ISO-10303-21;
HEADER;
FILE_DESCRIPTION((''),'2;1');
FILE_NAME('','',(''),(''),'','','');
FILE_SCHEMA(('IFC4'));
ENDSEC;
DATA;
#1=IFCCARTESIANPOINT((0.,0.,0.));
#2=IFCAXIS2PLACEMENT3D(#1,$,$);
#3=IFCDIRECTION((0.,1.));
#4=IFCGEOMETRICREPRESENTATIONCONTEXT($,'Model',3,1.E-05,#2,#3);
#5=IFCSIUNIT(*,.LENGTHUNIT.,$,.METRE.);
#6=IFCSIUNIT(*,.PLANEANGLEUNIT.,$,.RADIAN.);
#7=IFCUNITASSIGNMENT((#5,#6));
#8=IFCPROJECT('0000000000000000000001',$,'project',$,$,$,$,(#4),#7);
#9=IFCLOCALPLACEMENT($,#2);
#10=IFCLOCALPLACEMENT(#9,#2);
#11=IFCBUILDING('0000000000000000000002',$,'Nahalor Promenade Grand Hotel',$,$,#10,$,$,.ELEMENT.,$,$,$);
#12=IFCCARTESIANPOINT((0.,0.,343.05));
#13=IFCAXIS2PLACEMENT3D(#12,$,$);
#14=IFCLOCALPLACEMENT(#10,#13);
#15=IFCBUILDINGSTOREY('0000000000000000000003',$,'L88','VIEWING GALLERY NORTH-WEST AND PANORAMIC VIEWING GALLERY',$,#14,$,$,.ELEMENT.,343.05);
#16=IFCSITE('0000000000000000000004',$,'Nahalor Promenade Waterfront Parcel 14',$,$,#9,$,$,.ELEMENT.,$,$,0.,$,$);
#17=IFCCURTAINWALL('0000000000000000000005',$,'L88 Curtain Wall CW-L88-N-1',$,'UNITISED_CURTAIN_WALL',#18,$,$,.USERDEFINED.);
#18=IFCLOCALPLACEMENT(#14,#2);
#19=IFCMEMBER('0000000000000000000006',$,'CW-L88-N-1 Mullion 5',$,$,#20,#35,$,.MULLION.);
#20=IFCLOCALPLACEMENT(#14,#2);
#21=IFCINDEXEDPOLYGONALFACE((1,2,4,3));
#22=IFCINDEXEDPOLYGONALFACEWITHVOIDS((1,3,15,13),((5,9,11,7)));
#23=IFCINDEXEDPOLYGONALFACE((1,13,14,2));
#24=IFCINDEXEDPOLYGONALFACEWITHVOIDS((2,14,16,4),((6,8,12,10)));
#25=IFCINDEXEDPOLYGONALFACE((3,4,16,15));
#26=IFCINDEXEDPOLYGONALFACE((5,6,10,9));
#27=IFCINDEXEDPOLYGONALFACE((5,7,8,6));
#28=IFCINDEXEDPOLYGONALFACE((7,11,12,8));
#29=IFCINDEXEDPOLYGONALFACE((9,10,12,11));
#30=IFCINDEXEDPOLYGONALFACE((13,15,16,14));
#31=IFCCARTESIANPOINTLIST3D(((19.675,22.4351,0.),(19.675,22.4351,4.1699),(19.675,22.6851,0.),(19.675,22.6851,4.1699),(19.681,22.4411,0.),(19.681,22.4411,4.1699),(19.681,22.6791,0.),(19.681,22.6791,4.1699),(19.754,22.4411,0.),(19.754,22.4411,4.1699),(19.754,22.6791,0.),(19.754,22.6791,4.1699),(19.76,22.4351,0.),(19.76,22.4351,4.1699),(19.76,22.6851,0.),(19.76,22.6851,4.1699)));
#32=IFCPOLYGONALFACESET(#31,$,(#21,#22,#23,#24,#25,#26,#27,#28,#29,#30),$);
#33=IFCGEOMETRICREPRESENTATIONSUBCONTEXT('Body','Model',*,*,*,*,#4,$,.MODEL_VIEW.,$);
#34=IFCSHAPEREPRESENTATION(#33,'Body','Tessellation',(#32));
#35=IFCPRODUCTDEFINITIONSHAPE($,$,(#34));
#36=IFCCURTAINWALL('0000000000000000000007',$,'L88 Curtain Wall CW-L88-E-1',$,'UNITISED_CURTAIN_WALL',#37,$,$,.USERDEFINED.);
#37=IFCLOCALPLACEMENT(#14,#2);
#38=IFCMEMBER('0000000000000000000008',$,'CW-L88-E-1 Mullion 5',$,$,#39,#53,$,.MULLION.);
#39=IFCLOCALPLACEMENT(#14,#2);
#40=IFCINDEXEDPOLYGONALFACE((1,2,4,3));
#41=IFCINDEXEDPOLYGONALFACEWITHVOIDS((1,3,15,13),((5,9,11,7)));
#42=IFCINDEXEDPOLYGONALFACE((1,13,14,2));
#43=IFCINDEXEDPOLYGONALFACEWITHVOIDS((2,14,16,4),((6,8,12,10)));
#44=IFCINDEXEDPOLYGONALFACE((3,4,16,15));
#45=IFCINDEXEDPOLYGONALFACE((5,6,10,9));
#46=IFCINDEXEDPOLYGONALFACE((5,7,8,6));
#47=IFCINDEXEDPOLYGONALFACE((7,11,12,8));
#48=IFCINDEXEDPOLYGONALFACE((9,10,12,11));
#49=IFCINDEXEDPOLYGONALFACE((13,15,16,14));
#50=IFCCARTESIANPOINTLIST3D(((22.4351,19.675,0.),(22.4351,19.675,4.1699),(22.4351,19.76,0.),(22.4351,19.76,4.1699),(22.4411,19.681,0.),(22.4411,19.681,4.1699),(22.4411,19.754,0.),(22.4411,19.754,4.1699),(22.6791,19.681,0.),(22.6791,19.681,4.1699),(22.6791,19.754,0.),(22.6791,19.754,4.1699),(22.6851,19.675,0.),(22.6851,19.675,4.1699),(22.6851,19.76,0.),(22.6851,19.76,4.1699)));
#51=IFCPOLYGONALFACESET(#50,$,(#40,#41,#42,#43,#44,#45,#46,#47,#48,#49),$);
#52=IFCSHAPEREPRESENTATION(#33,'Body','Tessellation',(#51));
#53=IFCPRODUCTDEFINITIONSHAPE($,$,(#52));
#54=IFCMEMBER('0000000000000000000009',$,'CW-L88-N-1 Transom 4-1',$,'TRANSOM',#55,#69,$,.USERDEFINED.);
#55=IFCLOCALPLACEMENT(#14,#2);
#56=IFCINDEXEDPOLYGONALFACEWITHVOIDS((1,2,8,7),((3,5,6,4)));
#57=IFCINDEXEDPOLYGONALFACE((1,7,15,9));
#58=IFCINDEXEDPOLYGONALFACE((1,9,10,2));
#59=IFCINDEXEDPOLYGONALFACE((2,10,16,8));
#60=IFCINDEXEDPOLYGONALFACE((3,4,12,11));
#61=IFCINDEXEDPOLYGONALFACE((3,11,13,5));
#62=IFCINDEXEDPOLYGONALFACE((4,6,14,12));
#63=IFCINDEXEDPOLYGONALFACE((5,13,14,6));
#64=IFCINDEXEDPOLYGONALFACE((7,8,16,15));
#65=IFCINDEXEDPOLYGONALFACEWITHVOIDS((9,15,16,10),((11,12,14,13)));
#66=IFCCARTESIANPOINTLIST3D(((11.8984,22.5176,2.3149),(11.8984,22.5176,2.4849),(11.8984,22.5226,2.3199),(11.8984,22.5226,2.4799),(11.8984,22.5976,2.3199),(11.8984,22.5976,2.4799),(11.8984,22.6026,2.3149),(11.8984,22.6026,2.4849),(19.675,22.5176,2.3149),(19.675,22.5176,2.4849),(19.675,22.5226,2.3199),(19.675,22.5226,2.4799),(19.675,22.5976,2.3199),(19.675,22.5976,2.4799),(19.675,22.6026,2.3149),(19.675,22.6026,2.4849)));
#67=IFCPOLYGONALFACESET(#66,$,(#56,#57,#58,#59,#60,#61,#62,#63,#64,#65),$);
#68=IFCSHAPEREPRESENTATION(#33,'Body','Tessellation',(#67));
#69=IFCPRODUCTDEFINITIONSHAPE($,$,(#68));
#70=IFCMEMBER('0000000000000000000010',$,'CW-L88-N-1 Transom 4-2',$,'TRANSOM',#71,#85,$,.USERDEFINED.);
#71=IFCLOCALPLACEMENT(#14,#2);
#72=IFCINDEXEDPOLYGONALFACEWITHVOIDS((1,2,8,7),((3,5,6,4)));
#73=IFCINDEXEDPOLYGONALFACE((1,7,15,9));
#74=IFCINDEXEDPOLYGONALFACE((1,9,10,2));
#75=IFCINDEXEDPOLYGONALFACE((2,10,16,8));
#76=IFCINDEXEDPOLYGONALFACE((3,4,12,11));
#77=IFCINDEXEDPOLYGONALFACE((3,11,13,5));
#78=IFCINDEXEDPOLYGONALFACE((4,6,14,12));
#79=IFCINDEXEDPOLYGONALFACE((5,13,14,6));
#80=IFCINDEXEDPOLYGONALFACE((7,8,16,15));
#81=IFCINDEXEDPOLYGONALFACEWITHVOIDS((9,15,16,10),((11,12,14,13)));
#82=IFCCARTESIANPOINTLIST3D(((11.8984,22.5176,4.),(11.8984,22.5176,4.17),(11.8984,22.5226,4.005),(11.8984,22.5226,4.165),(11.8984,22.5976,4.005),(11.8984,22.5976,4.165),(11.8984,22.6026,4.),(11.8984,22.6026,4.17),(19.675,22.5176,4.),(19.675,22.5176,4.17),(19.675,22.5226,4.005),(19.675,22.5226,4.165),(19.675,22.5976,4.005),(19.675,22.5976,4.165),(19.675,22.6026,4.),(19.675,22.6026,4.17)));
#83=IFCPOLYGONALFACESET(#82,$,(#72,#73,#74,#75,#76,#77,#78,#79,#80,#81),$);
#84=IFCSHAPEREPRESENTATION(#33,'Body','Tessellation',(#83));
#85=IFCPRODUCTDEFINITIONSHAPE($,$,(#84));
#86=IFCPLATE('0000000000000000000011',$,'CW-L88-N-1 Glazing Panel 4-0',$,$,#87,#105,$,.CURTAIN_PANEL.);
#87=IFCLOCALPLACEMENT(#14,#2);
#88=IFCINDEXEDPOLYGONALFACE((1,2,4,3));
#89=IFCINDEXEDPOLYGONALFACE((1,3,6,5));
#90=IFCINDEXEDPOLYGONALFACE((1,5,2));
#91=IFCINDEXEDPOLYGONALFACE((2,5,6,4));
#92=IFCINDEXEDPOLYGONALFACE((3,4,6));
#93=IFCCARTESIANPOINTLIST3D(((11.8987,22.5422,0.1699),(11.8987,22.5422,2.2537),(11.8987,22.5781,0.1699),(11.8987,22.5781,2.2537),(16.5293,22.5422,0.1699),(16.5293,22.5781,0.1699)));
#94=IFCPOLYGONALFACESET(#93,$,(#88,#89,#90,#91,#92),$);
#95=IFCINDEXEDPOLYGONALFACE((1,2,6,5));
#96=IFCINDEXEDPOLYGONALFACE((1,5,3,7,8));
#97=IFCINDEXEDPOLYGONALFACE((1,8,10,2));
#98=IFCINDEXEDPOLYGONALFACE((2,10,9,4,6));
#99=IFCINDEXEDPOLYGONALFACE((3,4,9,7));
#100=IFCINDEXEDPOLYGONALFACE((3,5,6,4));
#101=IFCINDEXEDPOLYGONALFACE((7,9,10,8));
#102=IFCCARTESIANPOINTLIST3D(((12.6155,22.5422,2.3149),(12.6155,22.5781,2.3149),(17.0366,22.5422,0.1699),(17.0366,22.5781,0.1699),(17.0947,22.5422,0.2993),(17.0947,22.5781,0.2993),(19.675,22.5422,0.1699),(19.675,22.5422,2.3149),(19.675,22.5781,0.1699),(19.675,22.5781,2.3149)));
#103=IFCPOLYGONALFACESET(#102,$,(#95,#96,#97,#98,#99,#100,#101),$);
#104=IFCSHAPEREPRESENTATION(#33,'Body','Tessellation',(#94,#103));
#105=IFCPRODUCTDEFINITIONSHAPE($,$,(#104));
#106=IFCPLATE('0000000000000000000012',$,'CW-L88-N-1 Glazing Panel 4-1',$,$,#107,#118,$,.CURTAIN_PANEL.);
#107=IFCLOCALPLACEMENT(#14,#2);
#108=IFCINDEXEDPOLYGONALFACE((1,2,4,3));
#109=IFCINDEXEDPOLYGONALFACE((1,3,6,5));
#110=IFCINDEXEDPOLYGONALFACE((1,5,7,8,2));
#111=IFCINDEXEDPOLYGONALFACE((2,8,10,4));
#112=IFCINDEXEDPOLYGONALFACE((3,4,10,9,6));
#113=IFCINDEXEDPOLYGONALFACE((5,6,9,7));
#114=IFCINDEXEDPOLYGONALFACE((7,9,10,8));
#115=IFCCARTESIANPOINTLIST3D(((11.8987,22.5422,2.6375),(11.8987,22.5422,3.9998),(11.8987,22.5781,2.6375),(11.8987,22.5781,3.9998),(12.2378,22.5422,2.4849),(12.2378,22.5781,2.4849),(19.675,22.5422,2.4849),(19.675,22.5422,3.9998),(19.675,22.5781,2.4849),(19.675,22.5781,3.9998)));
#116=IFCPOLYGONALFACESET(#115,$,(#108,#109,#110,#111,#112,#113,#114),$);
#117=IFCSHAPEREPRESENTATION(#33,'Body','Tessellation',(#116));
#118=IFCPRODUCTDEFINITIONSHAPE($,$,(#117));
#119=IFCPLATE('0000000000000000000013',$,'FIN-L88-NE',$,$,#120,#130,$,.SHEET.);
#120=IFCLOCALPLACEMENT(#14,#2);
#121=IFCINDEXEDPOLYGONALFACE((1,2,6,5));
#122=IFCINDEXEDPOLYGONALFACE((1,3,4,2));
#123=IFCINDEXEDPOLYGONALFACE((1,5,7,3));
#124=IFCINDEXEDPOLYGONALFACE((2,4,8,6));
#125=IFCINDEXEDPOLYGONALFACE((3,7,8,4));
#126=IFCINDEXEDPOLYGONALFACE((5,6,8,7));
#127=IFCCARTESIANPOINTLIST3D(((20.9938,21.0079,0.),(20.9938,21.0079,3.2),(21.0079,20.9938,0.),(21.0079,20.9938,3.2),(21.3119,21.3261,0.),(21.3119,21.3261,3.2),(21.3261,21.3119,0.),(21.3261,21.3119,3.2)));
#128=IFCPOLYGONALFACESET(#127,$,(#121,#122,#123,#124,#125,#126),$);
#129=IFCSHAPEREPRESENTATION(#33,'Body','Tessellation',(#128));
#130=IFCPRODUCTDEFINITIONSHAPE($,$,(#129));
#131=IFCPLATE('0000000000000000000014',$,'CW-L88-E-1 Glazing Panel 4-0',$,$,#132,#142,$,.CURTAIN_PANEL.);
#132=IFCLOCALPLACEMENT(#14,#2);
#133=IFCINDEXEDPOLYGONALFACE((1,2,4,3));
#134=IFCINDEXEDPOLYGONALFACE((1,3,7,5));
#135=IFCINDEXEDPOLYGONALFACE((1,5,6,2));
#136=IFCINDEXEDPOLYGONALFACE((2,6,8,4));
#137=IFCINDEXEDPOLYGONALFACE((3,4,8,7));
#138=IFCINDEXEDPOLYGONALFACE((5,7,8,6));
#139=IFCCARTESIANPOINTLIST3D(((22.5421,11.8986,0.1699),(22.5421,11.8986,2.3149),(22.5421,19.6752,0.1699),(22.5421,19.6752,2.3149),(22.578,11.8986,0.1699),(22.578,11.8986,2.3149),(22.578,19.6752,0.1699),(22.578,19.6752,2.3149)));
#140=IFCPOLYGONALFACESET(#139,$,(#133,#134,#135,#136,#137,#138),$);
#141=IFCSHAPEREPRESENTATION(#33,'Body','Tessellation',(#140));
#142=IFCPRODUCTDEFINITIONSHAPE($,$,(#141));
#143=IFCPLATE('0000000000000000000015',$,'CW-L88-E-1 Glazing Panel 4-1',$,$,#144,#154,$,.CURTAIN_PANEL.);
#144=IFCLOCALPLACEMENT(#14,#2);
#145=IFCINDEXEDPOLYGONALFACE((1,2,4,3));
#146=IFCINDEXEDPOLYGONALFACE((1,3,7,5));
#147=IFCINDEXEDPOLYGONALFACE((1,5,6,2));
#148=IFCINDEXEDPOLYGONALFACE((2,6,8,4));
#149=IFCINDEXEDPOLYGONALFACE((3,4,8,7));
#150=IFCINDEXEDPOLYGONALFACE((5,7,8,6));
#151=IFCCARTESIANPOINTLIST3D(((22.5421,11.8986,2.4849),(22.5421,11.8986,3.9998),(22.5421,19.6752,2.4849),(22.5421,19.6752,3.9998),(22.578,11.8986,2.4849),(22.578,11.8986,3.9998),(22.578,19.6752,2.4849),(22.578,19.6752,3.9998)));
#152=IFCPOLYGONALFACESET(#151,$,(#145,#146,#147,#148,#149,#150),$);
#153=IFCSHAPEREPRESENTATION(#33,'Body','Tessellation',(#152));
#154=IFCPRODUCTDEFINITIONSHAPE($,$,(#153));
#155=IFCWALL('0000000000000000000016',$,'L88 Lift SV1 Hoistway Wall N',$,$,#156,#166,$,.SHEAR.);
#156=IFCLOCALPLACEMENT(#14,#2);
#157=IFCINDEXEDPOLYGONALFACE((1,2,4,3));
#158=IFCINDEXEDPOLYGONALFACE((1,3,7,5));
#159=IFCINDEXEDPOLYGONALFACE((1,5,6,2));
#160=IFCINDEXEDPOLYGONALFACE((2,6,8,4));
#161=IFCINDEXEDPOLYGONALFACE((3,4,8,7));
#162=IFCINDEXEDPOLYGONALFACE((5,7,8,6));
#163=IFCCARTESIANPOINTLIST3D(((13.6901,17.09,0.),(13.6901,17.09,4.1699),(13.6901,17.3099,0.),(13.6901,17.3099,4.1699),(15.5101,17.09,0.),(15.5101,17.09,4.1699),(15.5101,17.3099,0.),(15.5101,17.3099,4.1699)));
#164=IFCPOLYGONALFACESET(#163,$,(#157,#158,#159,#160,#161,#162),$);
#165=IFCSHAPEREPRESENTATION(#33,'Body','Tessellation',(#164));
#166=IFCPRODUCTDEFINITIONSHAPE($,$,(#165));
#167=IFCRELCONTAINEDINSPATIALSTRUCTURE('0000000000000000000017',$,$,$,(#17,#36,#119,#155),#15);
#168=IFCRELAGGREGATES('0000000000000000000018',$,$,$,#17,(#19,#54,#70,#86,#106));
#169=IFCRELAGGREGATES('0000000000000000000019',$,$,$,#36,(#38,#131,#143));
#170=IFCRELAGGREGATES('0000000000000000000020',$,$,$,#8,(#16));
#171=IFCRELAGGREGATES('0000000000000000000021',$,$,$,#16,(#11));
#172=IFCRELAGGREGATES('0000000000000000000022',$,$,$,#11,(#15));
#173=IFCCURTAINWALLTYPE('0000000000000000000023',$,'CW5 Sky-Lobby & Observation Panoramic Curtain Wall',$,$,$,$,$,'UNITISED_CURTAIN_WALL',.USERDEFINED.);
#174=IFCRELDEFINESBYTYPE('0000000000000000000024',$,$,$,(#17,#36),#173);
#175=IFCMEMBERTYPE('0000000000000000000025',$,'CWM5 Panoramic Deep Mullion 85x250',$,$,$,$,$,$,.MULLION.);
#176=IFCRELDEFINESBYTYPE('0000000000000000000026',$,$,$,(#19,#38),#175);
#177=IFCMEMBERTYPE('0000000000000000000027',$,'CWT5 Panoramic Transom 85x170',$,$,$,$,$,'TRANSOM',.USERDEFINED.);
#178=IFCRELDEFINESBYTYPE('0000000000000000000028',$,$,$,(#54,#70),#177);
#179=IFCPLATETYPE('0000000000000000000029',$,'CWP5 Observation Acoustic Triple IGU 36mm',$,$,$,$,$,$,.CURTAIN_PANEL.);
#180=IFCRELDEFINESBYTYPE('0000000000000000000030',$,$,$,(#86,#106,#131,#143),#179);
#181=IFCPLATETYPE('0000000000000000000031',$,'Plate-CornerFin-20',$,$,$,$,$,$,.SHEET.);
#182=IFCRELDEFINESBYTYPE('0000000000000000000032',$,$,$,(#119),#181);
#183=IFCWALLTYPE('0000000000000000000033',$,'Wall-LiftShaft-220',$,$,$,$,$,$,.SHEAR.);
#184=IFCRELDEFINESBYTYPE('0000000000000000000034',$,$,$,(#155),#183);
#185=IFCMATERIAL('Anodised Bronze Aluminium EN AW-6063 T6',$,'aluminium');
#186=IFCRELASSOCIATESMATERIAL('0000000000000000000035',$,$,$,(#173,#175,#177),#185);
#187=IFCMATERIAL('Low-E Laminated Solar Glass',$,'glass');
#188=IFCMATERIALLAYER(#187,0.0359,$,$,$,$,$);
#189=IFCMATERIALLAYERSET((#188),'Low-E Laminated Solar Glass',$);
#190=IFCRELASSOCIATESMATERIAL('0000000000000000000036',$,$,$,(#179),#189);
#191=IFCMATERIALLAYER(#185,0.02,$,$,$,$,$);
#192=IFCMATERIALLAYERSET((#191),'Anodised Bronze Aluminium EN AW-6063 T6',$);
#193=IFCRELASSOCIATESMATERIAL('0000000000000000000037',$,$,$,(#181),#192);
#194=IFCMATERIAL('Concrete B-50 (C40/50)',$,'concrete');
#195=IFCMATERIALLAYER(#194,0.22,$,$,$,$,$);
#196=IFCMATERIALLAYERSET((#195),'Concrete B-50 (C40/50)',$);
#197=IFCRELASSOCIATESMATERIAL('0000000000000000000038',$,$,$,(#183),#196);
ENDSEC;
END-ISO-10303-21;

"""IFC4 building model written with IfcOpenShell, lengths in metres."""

from ifc_helpers import new_model, si_unit, direction, frame, frame_2d, origin, origin_2d, place, context, subcontext, project, spatial, polyline, rectangle, hollow_rectangle, outline, extrude, source, transform, mapped, material, layer, layer_set, material_profile, profile_set, type_object, element, aggregate, save


model = new_model("IFC4")

# Units and contexts
model_context = context("Model", 3, precision=1e-05, world=origin(), true_north=direction((0.0, 1.0)))
body_context = subcontext(model_context, "Body", "Model", "MODEL_VIEW")
ifc_project = project(units=[si_unit("LENGTHUNIT", "METRE"), si_unit("PLANEANGLEUNIT", "RADIAN")], contexts=[model_context])

# Site, building, storey
site_placement = place(None, origin())
site = spatial("IfcSite", under=ifc_project, at=site_placement, Name="Nahalor Promenade Waterfront Parcel 14", CompositionType="ELEMENT", RefElevation=0.0)
building_placement = place(site_placement, origin())
building = spatial("IfcBuilding", under=site, at=building_placement, Name="Nahalor Promenade Grand Hotel", CompositionType="ELEMENT")
storey_placement = place(building_placement, frame((0.0, 0.0, 343.05)))
storey = spatial("IfcBuildingStorey", under=building, at=storey_placement, Name="L88", Description="VIEWING GALLERY NORTH-WEST AND PANORAMIC VIEWING GALLERY", CompositionType="ELEMENT", Elevation=343.05)

# Shared definitions
ifc_material_1 = material(Name="Concrete B-50 (C40/50)", Category="concrete")

# Curtain walls, members
ifc_material_2 = material(Name="Anodised Bronze Aluminium EN AW-6063 T6", Category="aluminium")
curtain_wall_type = type_object("IfcCurtainWallType", Name="CW5 Sky-Lobby & Observation Panoramic Curtain Wall", ElementType="UNITISED_CURTAIN_WALL", PredefinedType="USERDEFINED", material=ifc_material_2)
curtain_wall_1_placement = place(storey_placement, origin())
curtain_wall_1 = element("IfcCurtainWall", 1, at=curtain_wall_1_placement, inside=storey, type_object=curtain_wall_type, Name="L88 Curtain Wall CW-L88-N-1", ObjectType="UNITISED_CURTAIN_WALL", PredefinedType="USERDEFINED")
ifc_material_profile_1 = material_profile(ifc_material_2, hollow_rectangle(XDim=0.085, YDim=0.25, WallThickness=0.006, at=origin_2d()), Name="CWM 85x250x6")
ifc_profile_set_1 = profile_set([ifc_material_profile_1], Name="Anodised Bronze Aluminium EN AW-6063 T6")
member_type_1 = type_object("IfcMemberType", Name="CWM5 Panoramic Deep Mullion 85x250", PredefinedType="MULLION", material=ifc_profile_set_1)
shared_shape_1 = source(origin(), body_context, "Body", "SweptSolid", [
    extrude(hollow_rectangle(XDim=0.085, YDim=0.25, WallThickness=0.006, at=origin_2d()), origin(), (0.0, 0.0, 1.0), 4.1699),
])
member_1_placement = place(storey_placement, frame((19.7175, 22.5601, 0.0), z_axis=(0.0, 0.0, 1.0), x_axis=(1.0, 0.0, 0.0)))
member_1 = element("IfcMember", 2, at=member_1_placement, type_object=member_type_1, Name="CW-L88-N-1 Mullion 5", PredefinedType="MULLION", context=body_context, shape_type="MappedRepresentation", body=[
    mapped(shared_shape_1, transform((0.0, 0.0, 0.0), scale=1.0)),
])
curtain_wall_2_placement = place(storey_placement, origin())
curtain_wall_2 = element("IfcCurtainWall", 3, at=curtain_wall_2_placement, inside=storey, type_object=curtain_wall_type, Name="L88 Curtain Wall CW-L88-E-1", ObjectType="UNITISED_CURTAIN_WALL", PredefinedType="USERDEFINED")
member_2_placement = place(storey_placement, frame((22.5601, 19.7175, 0.0), z_axis=(0.0, 0.0, 1.0), x_axis=(0.0, 1.0, 0.0)))
member_2 = element("IfcMember", 4, at=member_2_placement, type_object=member_type_1, Name="CW-L88-E-1 Mullion 5", PredefinedType="MULLION", context=body_context, shape_type="MappedRepresentation", body=[
    mapped(shared_shape_1, transform((0.0, 0.0, 0.0), scale=1.0)),
])

# Members
ifc_material_profile_2 = material_profile(ifc_material_2, hollow_rectangle(XDim=0.085, YDim=0.17, WallThickness=0.005, at=origin_2d()), Name="CWT 85x170x5")
ifc_profile_set_2 = profile_set([ifc_material_profile_2], Name="Anodised Bronze Aluminium EN AW-6063 T6")
member_type_2 = type_object("IfcMemberType", Name="CWT5 Panoramic Transom 85x170", ElementType="TRANSOM", PredefinedType="USERDEFINED", material=ifc_profile_set_2)
shared_shape_2 = source(origin(), body_context, "Body", "SweptSolid", [
    extrude(hollow_rectangle(XDim=0.085, YDim=0.17, WallThickness=0.005, at=origin_2d()), origin(), (0.0, 0.0, 1.0), 7.7766),
])
member_3_placement = place(storey_placement, frame((11.8984, 22.5601, 2.3999), z_axis=(1.0, 0.0, 0.0), x_axis=(0.0, 1.0, 0.0)))
member_3 = element("IfcMember", 5, at=member_3_placement, type_object=member_type_2, Name="CW-L88-N-1 Transom 4-1", ObjectType="TRANSOM", PredefinedType="USERDEFINED", context=body_context, shape_type="MappedRepresentation", body=[
    mapped(shared_shape_2, transform((0.0, 0.0, 0.0), scale=1.0)),
])
member_4_placement = place(storey_placement, frame((11.8984, 22.5601, 4.085), z_axis=(1.0, 0.0, 0.0), x_axis=(0.0, 1.0, 0.0)))
member_4 = element("IfcMember", 6, at=member_4_placement, type_object=member_type_2, Name="CW-L88-N-1 Transom 4-2", ObjectType="TRANSOM", PredefinedType="USERDEFINED", context=body_context, shape_type="MappedRepresentation", body=[
    mapped(shared_shape_2, transform((0.0, 0.0, 0.0), scale=1.0)),
])

# Plates
ifc_material_3 = material(Name="Low-E Laminated Solar Glass", Category="glass")
ifc_layer_1 = layer(ifc_material_3, 0.0359)
ifc_layer_set_1 = layer_set([ifc_layer_1], Name="Low-E Laminated Solar Glass")
plate_type_1 = type_object("IfcPlateType", Name="CWP5 Observation Acoustic Triple IGU 36mm", PredefinedType="CURTAIN_PANEL", material=ifc_layer_set_1)
plate_1_placement = place(storey_placement, frame((15.7869, 22.5601, 0.1699), z_axis=(0.0, 0.0, 1.0), x_axis=(1.0, 0.0, 0.0)))
plate_1 = element("IfcPlate", 7, at=plate_1_placement, type_object=plate_type_1, Name="CW-L88-N-1 Glazing Panel 4-0", PredefinedType="CURTAIN_PANEL", context=body_context, shape_type="SweptSolid", body=[
    extrude(outline(polyline([(-3.8882, 2.0837), (-3.8882, 0.0), (0.7424, 0.0), (-3.8882, 2.0837)])), frame((0.0, 0.0181, 0.0), z_axis=(0.0, -1.0, 0.0), x_axis=(1.0, 0.0, 0.0)), (0.0, 0.0, 1.0), 0.0359),
    extrude(outline(polyline([(3.8882, 0.0), (3.8882, 2.145), (-3.1714, 2.145), (1.3079, 0.1294), (1.2498, 0.0), (3.8882, 0.0)])), frame((0.0, 0.0181, 0.0), z_axis=(0.0, -1.0, 0.0), x_axis=(1.0, 0.0, 0.0)), (0.0, 0.0, 1.0), 0.0359),
])
plate_2_placement = place(storey_placement, frame((15.7869, 22.5601, 2.4849), z_axis=(0.0, 0.0, 1.0), x_axis=(1.0, 0.0, 0.0)))
plate_2 = element("IfcPlate", 8, at=plate_2_placement, type_object=plate_type_1, Name="CW-L88-N-1 Glazing Panel 4-1", PredefinedType="CURTAIN_PANEL", context=body_context, shape_type="SweptSolid", body=[
    extrude(outline(polyline([(3.8882, 1.5149), (-3.8882, 1.5149), (-3.8882, 0.1526), (-3.5491, 0.0), (3.8882, 0.0), (3.8882, 1.5149)])), frame((0.0, 0.0181, 0.0), z_axis=(0.0, -1.0, 0.0), x_axis=(1.0, 0.0, 0.0)), (0.0, 0.0, 1.0), 0.0359),
])
aggregate(curtain_wall_1, [member_1, member_3, member_4, plate_1, plate_2])
ifc_layer_2 = layer(ifc_material_2, 0.02)
ifc_layer_set_2 = layer_set([ifc_layer_2], Name="Anodised Bronze Aluminium EN AW-6063 T6")
plate_type_2 = type_object("IfcPlateType", Name="Plate-CornerFin-20", PredefinedType="SHEET", material=ifc_layer_set_2)
shared_shape_3 = source(origin(), body_context, "Body", "SweptSolid", [
    extrude(rectangle(XDim=0.45, YDim=0.02, at=origin_2d()), origin(), (0.0, 0.0, 1.0), 3.2),
])
plate_3_placement = place(storey_placement, frame((21.1599, 21.1599, 0.0), z_axis=(0.0, 0.0, 1.0), x_axis=(0.707107, 0.707107, 0.0)))
element("IfcPlate", 9, at=plate_3_placement, inside=storey, type_object=plate_type_2, Name="FIN-L88-NE", PredefinedType="SHEET", context=body_context, shape_type="MappedRepresentation", body=[
    mapped(shared_shape_3, transform((0.0, 0.0, 0.0), scale=1.0)),
])
shared_shape_4 = source(origin(), body_context, "Body", "SweptSolid", [
    extrude(rectangle(XDim=7.7766, YDim=0.0359, at=origin_2d()), origin(), (0.0, 0.0, 1.0), 2.145),
])
plate_4_placement = place(storey_placement, frame((22.5601, 15.7869, 0.1699), z_axis=(0.0, 0.0, 1.0), x_axis=(0.0, 1.0, 0.0)))
plate_4 = element("IfcPlate", 10, at=plate_4_placement, type_object=plate_type_1, Name="CW-L88-E-1 Glazing Panel 4-0", PredefinedType="CURTAIN_PANEL", context=body_context, shape_type="MappedRepresentation", body=[
    mapped(shared_shape_4, transform((0.0, 0.0, 0.0), scale=1.0)),
])
shared_shape_5 = source(origin(), body_context, "Body", "SweptSolid", [
    extrude(rectangle(XDim=7.7766, YDim=0.0359, at=origin_2d()), origin(), (0.0, 0.0, 1.0), 1.5149),
])
plate_5_placement = place(storey_placement, frame((22.5601, 15.7869, 2.4849), z_axis=(0.0, 0.0, 1.0), x_axis=(0.0, 1.0, 0.0)))
plate_5 = element("IfcPlate", 11, at=plate_5_placement, type_object=plate_type_1, Name="CW-L88-E-1 Glazing Panel 4-1", PredefinedType="CURTAIN_PANEL", context=body_context, shape_type="MappedRepresentation", body=[
    mapped(shared_shape_5, transform((0.0, 0.0, 0.0), scale=1.0)),
])
aggregate(curtain_wall_2, [member_2, plate_4, plate_5])

# Wall
ifc_layer_3 = layer(ifc_material_1, 0.22)
ifc_layer_set_3 = layer_set([ifc_layer_3], Name="Concrete B-50 (C40/50)")
wall_type_1 = type_object("IfcWallType", Name="Wall-LiftShaft-220", PredefinedType="SHEAR", material=ifc_layer_set_3)
shared_shape_6 = source(origin(), body_context, "Body", "SweptSolid", [
    extrude(rectangle(XDim=1.8201, YDim=0.22, at=frame_2d((0.9102, 0.0))), origin(), (0.0, 0.0, 1.0), 4.1699),
])
wall_1_placement = place(storey_placement, frame((13.6899, 17.2, 0.0), z_axis=(0.0, 0.0, 1.0), x_axis=(1.0, 0.0, 0.0)))
element("IfcWall", 12, at=wall_1_placement, inside=storey, type_object=wall_type_1, Name="L88 Lift SV1 Hoistway Wall N", PredefinedType="SHEAR", context=body_context, shape_type="MappedRepresentation", body=[
    mapped(shared_shape_6, transform((0.0, 0.0, 0.0), scale=1.0)),
])

save(model, "model.ifc")
